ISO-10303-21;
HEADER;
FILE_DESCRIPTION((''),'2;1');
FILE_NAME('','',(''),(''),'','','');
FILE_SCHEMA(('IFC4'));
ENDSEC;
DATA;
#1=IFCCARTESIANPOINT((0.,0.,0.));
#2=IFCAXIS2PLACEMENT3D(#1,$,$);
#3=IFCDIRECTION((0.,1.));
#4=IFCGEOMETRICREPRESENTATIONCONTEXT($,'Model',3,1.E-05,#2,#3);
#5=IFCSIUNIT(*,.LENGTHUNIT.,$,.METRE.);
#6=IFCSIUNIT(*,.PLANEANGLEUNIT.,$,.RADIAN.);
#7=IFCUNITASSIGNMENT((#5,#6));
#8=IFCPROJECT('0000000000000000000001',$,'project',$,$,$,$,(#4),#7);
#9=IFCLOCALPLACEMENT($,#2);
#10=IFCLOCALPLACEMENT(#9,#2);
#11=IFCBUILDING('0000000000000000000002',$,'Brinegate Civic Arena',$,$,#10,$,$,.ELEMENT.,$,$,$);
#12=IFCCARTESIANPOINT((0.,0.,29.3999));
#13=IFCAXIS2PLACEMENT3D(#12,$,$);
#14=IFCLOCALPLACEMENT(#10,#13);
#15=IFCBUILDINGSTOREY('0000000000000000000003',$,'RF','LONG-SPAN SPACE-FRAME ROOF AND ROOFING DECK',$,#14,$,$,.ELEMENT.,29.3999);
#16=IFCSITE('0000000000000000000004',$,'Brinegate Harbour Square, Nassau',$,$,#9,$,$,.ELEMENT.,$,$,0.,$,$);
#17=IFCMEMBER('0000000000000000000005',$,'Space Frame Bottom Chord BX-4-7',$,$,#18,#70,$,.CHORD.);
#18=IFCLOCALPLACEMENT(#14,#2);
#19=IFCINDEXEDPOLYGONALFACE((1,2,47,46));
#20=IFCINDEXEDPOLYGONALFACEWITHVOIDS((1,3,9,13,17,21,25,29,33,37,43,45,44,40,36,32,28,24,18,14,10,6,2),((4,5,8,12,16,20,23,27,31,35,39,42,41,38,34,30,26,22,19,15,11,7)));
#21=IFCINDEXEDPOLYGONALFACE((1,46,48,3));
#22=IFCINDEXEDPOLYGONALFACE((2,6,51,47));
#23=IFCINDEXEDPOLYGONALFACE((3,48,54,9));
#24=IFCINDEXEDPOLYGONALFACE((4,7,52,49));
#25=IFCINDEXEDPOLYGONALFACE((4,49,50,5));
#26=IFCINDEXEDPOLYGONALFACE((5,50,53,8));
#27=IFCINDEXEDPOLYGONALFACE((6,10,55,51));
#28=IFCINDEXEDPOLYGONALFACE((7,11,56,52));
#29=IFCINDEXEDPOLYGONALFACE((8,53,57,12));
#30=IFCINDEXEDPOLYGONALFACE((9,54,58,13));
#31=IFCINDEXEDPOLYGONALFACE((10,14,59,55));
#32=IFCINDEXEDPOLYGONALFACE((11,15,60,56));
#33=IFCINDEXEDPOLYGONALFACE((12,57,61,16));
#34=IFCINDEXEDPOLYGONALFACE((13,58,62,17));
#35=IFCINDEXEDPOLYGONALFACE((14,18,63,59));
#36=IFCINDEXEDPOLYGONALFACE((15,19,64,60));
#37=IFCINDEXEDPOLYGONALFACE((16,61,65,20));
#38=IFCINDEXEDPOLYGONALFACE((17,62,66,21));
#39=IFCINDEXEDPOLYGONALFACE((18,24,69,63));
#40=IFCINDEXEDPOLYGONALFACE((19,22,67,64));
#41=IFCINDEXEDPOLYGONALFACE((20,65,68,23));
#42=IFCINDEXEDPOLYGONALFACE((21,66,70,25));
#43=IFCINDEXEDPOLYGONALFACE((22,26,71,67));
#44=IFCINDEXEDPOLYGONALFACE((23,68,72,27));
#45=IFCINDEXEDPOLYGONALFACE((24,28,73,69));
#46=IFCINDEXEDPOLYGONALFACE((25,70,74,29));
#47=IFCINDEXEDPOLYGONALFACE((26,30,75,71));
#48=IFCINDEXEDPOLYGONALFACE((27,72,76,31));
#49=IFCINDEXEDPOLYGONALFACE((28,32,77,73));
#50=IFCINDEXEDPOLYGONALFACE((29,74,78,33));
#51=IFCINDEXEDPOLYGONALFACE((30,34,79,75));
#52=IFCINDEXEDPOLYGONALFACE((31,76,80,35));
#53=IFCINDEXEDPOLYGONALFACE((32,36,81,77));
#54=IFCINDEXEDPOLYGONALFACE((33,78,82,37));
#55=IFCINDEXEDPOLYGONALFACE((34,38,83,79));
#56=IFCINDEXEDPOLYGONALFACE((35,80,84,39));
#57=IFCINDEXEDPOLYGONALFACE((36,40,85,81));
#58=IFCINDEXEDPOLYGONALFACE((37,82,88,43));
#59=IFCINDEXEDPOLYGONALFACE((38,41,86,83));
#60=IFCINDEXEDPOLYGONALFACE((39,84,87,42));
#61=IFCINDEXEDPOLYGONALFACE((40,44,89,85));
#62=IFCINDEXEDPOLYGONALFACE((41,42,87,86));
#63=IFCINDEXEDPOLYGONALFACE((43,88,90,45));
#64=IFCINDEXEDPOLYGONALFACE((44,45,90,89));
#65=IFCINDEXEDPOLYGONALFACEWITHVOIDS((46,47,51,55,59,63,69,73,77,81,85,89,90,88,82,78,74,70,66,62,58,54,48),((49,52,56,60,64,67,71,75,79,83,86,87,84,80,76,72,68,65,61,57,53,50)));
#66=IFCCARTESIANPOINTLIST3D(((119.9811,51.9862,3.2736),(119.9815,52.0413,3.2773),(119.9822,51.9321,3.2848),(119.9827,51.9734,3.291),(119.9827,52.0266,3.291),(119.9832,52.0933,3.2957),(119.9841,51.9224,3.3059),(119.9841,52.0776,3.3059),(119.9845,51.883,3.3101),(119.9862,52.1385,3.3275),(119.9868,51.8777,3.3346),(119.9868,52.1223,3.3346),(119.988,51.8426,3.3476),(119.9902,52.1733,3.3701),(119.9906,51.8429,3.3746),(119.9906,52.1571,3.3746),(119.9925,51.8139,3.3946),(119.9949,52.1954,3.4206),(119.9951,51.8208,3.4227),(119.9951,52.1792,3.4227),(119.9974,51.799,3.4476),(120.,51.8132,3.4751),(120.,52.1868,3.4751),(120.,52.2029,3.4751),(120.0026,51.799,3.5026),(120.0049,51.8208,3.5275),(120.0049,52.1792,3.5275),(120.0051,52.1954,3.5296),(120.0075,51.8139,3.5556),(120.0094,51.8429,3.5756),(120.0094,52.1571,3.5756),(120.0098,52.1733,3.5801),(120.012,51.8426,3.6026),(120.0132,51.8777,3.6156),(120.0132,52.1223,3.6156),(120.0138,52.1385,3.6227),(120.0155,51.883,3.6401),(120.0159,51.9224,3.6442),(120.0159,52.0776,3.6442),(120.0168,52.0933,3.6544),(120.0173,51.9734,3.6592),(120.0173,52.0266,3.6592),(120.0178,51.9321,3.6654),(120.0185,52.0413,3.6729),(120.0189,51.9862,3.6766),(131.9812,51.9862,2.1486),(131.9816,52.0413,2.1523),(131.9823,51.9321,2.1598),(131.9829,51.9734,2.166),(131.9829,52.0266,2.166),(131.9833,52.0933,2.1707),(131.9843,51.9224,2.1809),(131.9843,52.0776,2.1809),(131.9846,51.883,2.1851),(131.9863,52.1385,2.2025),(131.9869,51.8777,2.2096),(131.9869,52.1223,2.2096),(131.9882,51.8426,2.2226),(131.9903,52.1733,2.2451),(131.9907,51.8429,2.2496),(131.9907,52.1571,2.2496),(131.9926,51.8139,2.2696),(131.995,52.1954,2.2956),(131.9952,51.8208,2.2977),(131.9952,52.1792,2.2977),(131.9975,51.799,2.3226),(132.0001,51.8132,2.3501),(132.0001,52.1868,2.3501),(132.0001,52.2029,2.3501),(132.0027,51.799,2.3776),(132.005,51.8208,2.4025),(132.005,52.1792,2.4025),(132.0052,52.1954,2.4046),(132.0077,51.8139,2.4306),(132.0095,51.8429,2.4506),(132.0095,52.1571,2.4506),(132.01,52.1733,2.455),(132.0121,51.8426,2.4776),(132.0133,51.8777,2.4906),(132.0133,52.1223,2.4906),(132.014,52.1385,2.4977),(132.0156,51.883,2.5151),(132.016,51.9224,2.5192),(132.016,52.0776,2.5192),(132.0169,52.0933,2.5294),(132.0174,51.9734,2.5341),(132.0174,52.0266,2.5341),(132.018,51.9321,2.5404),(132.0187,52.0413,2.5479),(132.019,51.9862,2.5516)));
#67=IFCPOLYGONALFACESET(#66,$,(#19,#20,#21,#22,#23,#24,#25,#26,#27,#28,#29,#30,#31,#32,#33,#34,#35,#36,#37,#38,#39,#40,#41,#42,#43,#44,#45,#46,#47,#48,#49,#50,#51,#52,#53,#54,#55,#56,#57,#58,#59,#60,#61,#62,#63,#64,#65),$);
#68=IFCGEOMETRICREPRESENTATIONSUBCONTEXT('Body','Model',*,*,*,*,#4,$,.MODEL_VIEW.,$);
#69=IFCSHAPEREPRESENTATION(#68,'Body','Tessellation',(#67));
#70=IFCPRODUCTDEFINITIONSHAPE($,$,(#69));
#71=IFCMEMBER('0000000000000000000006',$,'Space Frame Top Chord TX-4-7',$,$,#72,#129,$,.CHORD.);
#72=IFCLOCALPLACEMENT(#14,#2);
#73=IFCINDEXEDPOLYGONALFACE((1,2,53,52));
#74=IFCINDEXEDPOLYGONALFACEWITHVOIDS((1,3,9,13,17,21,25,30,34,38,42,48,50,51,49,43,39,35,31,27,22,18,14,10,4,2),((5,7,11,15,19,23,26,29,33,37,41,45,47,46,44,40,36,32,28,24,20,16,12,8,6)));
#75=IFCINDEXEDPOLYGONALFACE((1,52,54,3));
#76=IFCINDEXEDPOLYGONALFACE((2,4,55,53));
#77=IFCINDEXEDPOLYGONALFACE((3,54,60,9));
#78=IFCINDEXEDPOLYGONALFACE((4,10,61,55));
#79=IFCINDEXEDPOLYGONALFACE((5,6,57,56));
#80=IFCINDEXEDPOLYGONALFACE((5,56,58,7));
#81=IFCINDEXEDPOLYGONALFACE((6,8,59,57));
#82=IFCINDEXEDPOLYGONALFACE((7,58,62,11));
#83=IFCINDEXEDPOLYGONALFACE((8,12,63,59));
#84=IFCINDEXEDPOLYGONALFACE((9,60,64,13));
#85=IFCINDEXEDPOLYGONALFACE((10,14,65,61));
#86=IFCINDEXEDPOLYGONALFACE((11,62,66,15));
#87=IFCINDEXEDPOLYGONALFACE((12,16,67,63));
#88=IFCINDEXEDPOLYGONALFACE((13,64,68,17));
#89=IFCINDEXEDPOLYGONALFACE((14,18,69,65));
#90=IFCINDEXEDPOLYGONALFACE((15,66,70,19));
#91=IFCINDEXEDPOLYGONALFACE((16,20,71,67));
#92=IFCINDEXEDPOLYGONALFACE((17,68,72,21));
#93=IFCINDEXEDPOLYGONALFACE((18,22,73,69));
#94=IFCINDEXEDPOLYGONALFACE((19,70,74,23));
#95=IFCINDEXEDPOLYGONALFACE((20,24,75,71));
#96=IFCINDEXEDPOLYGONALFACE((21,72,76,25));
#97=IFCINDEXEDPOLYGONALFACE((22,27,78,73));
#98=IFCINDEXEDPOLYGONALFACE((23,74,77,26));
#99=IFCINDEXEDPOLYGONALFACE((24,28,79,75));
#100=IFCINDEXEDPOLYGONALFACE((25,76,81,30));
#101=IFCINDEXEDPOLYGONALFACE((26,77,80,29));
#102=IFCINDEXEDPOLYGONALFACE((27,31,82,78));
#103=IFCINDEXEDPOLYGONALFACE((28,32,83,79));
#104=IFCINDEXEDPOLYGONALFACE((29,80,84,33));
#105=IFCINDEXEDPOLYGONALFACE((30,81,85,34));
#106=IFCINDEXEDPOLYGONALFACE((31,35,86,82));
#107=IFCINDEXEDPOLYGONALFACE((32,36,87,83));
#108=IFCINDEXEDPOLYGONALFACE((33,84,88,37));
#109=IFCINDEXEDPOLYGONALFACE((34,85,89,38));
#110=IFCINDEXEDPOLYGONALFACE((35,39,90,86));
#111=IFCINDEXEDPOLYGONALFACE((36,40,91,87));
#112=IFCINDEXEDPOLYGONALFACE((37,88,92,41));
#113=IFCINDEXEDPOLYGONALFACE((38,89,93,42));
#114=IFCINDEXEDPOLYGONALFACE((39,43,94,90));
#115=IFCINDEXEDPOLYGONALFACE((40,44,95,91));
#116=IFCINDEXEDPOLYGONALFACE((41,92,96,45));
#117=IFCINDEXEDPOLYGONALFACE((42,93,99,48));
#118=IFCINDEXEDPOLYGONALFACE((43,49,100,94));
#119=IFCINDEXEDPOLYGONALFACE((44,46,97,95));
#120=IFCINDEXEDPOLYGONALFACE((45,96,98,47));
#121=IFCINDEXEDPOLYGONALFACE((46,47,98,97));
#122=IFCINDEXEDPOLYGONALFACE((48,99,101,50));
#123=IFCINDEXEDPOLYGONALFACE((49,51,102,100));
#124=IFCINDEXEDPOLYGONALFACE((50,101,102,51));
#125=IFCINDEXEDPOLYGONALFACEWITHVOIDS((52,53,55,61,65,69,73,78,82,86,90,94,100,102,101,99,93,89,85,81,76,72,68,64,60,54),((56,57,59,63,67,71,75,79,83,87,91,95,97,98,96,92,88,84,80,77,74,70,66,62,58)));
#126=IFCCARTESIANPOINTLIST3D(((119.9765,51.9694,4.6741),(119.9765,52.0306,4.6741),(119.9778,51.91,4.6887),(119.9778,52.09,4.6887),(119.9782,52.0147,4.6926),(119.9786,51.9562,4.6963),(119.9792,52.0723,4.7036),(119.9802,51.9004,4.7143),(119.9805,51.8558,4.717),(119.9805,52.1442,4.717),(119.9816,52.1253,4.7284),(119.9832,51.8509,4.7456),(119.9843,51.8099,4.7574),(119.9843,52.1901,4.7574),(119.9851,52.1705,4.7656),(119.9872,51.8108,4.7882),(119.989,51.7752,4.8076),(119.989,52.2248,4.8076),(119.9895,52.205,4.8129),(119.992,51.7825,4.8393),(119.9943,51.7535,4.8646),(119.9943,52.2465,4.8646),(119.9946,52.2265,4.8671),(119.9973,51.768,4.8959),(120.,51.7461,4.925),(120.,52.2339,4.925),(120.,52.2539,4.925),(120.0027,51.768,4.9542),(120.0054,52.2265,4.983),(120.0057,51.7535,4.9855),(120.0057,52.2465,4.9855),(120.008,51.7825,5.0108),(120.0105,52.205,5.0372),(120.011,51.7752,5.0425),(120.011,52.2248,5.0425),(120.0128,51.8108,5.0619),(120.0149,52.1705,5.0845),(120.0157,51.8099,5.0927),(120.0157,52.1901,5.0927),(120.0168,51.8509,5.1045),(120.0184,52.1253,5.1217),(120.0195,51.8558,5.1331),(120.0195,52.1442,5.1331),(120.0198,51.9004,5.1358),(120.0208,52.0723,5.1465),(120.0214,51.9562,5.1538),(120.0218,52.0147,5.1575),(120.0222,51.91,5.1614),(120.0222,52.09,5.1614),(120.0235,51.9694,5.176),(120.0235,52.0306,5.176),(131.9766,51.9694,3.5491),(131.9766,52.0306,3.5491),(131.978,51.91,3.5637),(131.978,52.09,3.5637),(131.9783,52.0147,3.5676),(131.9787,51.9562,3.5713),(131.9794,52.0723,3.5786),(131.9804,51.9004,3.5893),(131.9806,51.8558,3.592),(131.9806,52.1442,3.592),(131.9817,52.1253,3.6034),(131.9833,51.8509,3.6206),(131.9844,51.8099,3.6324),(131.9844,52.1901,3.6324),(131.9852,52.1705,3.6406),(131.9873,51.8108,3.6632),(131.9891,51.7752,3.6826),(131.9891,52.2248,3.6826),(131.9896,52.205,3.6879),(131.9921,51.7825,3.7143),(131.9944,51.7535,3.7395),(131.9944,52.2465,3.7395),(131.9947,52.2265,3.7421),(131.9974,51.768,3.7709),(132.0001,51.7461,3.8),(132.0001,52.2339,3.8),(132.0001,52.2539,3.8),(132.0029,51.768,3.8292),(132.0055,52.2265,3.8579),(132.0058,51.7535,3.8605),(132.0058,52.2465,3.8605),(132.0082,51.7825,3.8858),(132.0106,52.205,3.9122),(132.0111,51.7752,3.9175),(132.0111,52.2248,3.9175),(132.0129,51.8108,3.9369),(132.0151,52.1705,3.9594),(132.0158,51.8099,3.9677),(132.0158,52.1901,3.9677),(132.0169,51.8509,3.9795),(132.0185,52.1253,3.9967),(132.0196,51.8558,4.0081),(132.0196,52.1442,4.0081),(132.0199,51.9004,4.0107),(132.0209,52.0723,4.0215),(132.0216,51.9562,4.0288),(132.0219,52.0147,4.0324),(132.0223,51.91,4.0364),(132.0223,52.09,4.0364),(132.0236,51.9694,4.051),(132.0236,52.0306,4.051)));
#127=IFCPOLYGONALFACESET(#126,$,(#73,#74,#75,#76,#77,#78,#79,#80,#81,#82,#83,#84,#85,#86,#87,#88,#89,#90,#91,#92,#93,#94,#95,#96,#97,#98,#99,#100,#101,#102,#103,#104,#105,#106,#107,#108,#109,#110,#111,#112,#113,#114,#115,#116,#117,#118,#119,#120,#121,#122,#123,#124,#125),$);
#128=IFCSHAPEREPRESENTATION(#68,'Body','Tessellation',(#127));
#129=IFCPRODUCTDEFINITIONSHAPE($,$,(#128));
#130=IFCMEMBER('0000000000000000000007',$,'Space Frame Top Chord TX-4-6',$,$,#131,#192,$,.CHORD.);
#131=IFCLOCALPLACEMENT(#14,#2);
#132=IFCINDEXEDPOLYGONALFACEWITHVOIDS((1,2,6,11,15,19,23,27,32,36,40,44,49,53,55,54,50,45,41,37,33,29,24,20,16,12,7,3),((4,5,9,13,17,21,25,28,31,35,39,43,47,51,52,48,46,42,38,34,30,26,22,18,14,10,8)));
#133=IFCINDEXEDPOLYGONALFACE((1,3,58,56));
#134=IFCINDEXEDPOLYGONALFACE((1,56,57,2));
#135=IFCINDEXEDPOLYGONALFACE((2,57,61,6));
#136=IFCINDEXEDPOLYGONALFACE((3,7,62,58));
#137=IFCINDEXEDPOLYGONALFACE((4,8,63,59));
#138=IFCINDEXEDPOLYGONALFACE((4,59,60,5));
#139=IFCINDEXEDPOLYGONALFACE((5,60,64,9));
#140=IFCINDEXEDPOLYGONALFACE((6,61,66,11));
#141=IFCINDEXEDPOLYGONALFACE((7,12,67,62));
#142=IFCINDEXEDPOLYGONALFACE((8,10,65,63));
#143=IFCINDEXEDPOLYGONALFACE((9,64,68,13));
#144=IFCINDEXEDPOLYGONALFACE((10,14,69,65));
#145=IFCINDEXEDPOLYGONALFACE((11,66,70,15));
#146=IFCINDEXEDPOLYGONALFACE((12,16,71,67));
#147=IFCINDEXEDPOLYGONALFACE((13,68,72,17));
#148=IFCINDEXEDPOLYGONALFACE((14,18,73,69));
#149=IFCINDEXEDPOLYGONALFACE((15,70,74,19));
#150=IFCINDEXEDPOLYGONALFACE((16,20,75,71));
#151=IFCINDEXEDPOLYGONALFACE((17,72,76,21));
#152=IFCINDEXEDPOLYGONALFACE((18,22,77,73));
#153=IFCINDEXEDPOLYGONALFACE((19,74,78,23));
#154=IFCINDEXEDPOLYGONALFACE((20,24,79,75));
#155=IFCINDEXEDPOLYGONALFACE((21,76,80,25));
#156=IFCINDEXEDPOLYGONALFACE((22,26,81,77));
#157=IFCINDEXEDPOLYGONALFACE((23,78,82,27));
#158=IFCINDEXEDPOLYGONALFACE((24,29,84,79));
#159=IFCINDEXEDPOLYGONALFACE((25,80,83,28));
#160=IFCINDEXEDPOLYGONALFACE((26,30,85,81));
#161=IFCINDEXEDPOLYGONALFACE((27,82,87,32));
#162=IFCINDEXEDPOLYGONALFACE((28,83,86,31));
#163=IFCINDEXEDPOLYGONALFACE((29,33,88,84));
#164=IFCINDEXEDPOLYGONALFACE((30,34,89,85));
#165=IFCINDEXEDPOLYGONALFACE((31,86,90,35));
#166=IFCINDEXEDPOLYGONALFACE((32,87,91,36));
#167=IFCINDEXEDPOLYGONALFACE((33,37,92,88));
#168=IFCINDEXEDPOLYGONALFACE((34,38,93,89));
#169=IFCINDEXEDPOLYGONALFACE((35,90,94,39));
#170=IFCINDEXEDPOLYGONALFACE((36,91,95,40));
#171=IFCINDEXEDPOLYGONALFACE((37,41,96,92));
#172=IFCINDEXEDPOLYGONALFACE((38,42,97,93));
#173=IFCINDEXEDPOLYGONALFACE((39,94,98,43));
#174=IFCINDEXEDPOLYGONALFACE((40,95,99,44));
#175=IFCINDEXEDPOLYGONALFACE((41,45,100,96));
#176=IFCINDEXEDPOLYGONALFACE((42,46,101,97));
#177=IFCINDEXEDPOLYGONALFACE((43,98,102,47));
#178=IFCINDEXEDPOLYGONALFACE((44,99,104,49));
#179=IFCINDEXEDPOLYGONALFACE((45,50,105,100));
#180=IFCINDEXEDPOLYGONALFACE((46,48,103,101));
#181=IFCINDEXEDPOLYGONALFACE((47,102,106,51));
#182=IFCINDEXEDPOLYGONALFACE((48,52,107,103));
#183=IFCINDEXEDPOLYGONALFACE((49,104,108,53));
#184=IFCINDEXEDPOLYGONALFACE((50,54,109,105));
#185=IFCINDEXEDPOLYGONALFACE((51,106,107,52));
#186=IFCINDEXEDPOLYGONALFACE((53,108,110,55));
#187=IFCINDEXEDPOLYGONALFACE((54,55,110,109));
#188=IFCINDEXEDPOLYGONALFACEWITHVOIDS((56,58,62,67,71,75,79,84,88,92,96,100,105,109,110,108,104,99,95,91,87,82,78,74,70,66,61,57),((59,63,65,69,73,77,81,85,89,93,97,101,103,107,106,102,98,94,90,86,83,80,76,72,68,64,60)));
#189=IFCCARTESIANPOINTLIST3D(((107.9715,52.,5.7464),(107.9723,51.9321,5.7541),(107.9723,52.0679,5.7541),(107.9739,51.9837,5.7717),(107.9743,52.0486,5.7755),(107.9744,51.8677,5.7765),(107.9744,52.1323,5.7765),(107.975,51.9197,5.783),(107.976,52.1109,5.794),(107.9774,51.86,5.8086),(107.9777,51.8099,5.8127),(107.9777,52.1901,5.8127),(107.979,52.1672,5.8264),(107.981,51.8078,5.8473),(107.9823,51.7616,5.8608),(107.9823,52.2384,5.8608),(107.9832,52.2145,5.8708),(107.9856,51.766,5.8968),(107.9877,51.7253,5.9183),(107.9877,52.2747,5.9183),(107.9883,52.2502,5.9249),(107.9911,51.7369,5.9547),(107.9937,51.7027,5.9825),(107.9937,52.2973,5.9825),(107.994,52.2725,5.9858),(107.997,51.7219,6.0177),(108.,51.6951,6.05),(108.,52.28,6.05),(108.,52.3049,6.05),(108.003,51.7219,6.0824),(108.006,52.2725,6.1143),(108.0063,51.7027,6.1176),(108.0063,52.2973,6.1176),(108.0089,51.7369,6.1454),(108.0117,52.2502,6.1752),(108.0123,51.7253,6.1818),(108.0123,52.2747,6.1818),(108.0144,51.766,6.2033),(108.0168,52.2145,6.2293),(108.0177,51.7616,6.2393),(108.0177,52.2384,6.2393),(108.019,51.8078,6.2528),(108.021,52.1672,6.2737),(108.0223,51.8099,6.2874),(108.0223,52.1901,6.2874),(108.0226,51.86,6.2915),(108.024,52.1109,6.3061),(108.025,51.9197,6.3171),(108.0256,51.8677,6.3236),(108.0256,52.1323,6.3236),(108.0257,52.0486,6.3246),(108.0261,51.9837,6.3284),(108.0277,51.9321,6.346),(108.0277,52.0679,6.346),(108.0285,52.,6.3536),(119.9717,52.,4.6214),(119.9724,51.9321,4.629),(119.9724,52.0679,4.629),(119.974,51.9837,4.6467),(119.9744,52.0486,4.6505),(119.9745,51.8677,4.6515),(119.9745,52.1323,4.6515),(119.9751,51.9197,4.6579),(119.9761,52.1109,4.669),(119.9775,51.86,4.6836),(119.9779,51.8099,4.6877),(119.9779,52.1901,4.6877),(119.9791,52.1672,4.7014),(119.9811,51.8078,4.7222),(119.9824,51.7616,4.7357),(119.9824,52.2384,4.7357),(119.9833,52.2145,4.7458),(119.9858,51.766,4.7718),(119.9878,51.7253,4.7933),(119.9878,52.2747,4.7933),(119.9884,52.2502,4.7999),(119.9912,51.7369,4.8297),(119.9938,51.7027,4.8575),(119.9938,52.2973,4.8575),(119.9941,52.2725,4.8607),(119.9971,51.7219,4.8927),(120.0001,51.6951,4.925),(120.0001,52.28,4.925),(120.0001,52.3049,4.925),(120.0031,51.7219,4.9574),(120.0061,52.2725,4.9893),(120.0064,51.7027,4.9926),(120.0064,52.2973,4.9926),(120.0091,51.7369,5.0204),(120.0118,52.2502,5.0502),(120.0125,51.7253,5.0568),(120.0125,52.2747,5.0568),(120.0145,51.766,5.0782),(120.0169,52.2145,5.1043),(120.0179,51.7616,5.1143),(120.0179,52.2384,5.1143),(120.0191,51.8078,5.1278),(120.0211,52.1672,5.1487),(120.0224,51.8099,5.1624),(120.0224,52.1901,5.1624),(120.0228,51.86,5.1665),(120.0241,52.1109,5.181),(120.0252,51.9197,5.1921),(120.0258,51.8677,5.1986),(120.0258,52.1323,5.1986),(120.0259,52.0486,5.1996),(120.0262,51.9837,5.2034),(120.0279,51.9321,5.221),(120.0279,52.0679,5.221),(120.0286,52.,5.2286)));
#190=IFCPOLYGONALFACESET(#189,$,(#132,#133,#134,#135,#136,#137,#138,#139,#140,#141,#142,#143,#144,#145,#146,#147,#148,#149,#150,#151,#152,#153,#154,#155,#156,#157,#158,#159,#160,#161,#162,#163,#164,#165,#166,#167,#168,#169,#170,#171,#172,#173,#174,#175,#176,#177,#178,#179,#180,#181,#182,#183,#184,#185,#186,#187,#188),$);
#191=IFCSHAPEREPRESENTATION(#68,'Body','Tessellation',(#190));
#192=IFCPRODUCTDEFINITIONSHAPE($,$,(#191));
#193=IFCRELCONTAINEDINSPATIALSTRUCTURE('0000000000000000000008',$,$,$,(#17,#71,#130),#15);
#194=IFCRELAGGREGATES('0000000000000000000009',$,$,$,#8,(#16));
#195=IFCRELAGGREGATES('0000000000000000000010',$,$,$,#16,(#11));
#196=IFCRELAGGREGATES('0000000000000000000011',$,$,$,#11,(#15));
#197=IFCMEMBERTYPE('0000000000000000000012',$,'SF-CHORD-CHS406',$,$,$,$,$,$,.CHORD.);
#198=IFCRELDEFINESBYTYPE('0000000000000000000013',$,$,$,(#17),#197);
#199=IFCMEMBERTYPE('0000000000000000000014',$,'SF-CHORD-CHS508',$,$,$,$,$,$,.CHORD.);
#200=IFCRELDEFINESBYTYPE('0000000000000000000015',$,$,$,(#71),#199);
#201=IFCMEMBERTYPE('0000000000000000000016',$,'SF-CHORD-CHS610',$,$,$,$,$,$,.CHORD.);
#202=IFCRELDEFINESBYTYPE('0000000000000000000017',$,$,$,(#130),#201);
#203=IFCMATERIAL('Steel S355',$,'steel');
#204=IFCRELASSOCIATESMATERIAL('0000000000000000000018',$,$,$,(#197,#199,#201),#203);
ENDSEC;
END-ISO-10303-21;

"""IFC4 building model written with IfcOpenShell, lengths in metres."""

from ifc_helpers import new_model, si_unit, direction, frame, origin, origin_2d, place, context, subcontext, project, spatial, hollow_circle, extrude, material, material_profile, profile_set, type_object, element, save


model = new_model("IFC4")

# Units and contexts
model_context = context("Model", 3, precision=1e-05, world=origin(), true_north=direction((0.0, 1.0)))
body_context = subcontext(model_context, "Body", "Model", "MODEL_VIEW")
ifc_project = project(units=[si_unit("LENGTHUNIT", "METRE"), si_unit("PLANEANGLEUNIT", "RADIAN")], contexts=[model_context])

# Site, building, storey
site_placement = place(None, origin())
site = spatial("IfcSite", under=ifc_project, at=site_placement, Name="Brinegate Harbour Square, Nassau", CompositionType="ELEMENT", RefElevation=0.0)
building_placement = place(site_placement, origin())
building = spatial("IfcBuilding", under=site, at=building_placement, Name="Brinegate Civic Arena", CompositionType="ELEMENT")
storey_placement = place(building_placement, frame((0.0, 0.0, 29.3999)))
storey = spatial("IfcBuildingStorey", under=building, at=storey_placement, Name="RF", Description="LONG-SPAN SPACE-FRAME ROOF AND ROOFING DECK", CompositionType="ELEMENT", Elevation=29.3999)

# Members
ifc_material = material(Name="Steel S355", Category="steel")
ifc_material_profile_1 = material_profile(ifc_material, hollow_circle(Radius=0.2029, WallThickness=0.0161, at=origin_2d()), Name="CHS406X16")
ifc_profile_set_1 = profile_set([ifc_material_profile_1], Name="Steel S355")
member_type_1 = type_object("IfcMemberType", Name="SF-CHORD-CHS406", PredefinedType="CHORD", material=ifc_profile_set_1)
member_1_placement = place(storey_placement, frame((120.0, 52.0, 3.4751), z_axis=(0.995634, 0.0, -0.093341), x_axis=(0.0, 1.0, 0.0)))
element("IfcMember", 1, at=member_1_placement, inside=storey, type_object=member_type_1, Name="Space Frame Bottom Chord BX-4-7", PredefinedType="CHORD", context=body_context, shape_type="SweptSolid", body=[
    extrude(hollow_circle(Radius=0.2029, WallThickness=0.0161, at=origin_2d()), origin(), (0.0, 0.0, 1.0), 12.0527),
])
ifc_material_profile_2 = material_profile(ifc_material, hollow_circle(Radius=0.2539, WallThickness=0.02, at=origin_2d()), Name="CHS508X20")
ifc_profile_set_2 = profile_set([ifc_material_profile_2], Name="Steel S355")
member_type_2 = type_object("IfcMemberType", Name="SF-CHORD-CHS508", PredefinedType="CHORD", material=ifc_profile_set_2)
member_2_placement = place(storey_placement, frame((120.0, 52.0, 4.925), z_axis=(0.995634, 0.0, -0.093341), x_axis=(0.0, 1.0, 0.0)))
element("IfcMember", 2, at=member_2_placement, inside=storey, type_object=member_type_2, Name="Space Frame Top Chord TX-4-7", PredefinedType="CHORD", context=body_context, shape_type="SweptSolid", body=[
    extrude(hollow_circle(Radius=0.2539, WallThickness=0.02, at=origin_2d()), origin(), (0.0, 0.0, 1.0), 12.0527),
])
ifc_material_profile_3 = material_profile(ifc_material, hollow_circle(Radius=0.3049, WallThickness=0.0249, at=origin_2d()), Name="CHS610X25")
ifc_profile_set_3 = profile_set([ifc_material_profile_3], Name="Steel S355")
member_type_3 = type_object("IfcMemberType", Name="SF-CHORD-CHS610", PredefinedType="CHORD", material=ifc_profile_set_3)
member_3_placement = place(storey_placement, frame((108.0, 52.0, 6.05), z_axis=(0.995634, 0.0, -0.093341), x_axis=(0.0, 1.0, 0.0)))
element("IfcMember", 3, at=member_3_placement, inside=storey, type_object=member_type_3, Name="Space Frame Top Chord TX-4-6", PredefinedType="CHORD", context=body_context, shape_type="SweptSolid", body=[
    extrude(hollow_circle(Radius=0.3049, WallThickness=0.0249, at=origin_2d()), origin(), (0.0, 0.0, 1.0), 12.0527),
])

save(model, "model.ifc")
